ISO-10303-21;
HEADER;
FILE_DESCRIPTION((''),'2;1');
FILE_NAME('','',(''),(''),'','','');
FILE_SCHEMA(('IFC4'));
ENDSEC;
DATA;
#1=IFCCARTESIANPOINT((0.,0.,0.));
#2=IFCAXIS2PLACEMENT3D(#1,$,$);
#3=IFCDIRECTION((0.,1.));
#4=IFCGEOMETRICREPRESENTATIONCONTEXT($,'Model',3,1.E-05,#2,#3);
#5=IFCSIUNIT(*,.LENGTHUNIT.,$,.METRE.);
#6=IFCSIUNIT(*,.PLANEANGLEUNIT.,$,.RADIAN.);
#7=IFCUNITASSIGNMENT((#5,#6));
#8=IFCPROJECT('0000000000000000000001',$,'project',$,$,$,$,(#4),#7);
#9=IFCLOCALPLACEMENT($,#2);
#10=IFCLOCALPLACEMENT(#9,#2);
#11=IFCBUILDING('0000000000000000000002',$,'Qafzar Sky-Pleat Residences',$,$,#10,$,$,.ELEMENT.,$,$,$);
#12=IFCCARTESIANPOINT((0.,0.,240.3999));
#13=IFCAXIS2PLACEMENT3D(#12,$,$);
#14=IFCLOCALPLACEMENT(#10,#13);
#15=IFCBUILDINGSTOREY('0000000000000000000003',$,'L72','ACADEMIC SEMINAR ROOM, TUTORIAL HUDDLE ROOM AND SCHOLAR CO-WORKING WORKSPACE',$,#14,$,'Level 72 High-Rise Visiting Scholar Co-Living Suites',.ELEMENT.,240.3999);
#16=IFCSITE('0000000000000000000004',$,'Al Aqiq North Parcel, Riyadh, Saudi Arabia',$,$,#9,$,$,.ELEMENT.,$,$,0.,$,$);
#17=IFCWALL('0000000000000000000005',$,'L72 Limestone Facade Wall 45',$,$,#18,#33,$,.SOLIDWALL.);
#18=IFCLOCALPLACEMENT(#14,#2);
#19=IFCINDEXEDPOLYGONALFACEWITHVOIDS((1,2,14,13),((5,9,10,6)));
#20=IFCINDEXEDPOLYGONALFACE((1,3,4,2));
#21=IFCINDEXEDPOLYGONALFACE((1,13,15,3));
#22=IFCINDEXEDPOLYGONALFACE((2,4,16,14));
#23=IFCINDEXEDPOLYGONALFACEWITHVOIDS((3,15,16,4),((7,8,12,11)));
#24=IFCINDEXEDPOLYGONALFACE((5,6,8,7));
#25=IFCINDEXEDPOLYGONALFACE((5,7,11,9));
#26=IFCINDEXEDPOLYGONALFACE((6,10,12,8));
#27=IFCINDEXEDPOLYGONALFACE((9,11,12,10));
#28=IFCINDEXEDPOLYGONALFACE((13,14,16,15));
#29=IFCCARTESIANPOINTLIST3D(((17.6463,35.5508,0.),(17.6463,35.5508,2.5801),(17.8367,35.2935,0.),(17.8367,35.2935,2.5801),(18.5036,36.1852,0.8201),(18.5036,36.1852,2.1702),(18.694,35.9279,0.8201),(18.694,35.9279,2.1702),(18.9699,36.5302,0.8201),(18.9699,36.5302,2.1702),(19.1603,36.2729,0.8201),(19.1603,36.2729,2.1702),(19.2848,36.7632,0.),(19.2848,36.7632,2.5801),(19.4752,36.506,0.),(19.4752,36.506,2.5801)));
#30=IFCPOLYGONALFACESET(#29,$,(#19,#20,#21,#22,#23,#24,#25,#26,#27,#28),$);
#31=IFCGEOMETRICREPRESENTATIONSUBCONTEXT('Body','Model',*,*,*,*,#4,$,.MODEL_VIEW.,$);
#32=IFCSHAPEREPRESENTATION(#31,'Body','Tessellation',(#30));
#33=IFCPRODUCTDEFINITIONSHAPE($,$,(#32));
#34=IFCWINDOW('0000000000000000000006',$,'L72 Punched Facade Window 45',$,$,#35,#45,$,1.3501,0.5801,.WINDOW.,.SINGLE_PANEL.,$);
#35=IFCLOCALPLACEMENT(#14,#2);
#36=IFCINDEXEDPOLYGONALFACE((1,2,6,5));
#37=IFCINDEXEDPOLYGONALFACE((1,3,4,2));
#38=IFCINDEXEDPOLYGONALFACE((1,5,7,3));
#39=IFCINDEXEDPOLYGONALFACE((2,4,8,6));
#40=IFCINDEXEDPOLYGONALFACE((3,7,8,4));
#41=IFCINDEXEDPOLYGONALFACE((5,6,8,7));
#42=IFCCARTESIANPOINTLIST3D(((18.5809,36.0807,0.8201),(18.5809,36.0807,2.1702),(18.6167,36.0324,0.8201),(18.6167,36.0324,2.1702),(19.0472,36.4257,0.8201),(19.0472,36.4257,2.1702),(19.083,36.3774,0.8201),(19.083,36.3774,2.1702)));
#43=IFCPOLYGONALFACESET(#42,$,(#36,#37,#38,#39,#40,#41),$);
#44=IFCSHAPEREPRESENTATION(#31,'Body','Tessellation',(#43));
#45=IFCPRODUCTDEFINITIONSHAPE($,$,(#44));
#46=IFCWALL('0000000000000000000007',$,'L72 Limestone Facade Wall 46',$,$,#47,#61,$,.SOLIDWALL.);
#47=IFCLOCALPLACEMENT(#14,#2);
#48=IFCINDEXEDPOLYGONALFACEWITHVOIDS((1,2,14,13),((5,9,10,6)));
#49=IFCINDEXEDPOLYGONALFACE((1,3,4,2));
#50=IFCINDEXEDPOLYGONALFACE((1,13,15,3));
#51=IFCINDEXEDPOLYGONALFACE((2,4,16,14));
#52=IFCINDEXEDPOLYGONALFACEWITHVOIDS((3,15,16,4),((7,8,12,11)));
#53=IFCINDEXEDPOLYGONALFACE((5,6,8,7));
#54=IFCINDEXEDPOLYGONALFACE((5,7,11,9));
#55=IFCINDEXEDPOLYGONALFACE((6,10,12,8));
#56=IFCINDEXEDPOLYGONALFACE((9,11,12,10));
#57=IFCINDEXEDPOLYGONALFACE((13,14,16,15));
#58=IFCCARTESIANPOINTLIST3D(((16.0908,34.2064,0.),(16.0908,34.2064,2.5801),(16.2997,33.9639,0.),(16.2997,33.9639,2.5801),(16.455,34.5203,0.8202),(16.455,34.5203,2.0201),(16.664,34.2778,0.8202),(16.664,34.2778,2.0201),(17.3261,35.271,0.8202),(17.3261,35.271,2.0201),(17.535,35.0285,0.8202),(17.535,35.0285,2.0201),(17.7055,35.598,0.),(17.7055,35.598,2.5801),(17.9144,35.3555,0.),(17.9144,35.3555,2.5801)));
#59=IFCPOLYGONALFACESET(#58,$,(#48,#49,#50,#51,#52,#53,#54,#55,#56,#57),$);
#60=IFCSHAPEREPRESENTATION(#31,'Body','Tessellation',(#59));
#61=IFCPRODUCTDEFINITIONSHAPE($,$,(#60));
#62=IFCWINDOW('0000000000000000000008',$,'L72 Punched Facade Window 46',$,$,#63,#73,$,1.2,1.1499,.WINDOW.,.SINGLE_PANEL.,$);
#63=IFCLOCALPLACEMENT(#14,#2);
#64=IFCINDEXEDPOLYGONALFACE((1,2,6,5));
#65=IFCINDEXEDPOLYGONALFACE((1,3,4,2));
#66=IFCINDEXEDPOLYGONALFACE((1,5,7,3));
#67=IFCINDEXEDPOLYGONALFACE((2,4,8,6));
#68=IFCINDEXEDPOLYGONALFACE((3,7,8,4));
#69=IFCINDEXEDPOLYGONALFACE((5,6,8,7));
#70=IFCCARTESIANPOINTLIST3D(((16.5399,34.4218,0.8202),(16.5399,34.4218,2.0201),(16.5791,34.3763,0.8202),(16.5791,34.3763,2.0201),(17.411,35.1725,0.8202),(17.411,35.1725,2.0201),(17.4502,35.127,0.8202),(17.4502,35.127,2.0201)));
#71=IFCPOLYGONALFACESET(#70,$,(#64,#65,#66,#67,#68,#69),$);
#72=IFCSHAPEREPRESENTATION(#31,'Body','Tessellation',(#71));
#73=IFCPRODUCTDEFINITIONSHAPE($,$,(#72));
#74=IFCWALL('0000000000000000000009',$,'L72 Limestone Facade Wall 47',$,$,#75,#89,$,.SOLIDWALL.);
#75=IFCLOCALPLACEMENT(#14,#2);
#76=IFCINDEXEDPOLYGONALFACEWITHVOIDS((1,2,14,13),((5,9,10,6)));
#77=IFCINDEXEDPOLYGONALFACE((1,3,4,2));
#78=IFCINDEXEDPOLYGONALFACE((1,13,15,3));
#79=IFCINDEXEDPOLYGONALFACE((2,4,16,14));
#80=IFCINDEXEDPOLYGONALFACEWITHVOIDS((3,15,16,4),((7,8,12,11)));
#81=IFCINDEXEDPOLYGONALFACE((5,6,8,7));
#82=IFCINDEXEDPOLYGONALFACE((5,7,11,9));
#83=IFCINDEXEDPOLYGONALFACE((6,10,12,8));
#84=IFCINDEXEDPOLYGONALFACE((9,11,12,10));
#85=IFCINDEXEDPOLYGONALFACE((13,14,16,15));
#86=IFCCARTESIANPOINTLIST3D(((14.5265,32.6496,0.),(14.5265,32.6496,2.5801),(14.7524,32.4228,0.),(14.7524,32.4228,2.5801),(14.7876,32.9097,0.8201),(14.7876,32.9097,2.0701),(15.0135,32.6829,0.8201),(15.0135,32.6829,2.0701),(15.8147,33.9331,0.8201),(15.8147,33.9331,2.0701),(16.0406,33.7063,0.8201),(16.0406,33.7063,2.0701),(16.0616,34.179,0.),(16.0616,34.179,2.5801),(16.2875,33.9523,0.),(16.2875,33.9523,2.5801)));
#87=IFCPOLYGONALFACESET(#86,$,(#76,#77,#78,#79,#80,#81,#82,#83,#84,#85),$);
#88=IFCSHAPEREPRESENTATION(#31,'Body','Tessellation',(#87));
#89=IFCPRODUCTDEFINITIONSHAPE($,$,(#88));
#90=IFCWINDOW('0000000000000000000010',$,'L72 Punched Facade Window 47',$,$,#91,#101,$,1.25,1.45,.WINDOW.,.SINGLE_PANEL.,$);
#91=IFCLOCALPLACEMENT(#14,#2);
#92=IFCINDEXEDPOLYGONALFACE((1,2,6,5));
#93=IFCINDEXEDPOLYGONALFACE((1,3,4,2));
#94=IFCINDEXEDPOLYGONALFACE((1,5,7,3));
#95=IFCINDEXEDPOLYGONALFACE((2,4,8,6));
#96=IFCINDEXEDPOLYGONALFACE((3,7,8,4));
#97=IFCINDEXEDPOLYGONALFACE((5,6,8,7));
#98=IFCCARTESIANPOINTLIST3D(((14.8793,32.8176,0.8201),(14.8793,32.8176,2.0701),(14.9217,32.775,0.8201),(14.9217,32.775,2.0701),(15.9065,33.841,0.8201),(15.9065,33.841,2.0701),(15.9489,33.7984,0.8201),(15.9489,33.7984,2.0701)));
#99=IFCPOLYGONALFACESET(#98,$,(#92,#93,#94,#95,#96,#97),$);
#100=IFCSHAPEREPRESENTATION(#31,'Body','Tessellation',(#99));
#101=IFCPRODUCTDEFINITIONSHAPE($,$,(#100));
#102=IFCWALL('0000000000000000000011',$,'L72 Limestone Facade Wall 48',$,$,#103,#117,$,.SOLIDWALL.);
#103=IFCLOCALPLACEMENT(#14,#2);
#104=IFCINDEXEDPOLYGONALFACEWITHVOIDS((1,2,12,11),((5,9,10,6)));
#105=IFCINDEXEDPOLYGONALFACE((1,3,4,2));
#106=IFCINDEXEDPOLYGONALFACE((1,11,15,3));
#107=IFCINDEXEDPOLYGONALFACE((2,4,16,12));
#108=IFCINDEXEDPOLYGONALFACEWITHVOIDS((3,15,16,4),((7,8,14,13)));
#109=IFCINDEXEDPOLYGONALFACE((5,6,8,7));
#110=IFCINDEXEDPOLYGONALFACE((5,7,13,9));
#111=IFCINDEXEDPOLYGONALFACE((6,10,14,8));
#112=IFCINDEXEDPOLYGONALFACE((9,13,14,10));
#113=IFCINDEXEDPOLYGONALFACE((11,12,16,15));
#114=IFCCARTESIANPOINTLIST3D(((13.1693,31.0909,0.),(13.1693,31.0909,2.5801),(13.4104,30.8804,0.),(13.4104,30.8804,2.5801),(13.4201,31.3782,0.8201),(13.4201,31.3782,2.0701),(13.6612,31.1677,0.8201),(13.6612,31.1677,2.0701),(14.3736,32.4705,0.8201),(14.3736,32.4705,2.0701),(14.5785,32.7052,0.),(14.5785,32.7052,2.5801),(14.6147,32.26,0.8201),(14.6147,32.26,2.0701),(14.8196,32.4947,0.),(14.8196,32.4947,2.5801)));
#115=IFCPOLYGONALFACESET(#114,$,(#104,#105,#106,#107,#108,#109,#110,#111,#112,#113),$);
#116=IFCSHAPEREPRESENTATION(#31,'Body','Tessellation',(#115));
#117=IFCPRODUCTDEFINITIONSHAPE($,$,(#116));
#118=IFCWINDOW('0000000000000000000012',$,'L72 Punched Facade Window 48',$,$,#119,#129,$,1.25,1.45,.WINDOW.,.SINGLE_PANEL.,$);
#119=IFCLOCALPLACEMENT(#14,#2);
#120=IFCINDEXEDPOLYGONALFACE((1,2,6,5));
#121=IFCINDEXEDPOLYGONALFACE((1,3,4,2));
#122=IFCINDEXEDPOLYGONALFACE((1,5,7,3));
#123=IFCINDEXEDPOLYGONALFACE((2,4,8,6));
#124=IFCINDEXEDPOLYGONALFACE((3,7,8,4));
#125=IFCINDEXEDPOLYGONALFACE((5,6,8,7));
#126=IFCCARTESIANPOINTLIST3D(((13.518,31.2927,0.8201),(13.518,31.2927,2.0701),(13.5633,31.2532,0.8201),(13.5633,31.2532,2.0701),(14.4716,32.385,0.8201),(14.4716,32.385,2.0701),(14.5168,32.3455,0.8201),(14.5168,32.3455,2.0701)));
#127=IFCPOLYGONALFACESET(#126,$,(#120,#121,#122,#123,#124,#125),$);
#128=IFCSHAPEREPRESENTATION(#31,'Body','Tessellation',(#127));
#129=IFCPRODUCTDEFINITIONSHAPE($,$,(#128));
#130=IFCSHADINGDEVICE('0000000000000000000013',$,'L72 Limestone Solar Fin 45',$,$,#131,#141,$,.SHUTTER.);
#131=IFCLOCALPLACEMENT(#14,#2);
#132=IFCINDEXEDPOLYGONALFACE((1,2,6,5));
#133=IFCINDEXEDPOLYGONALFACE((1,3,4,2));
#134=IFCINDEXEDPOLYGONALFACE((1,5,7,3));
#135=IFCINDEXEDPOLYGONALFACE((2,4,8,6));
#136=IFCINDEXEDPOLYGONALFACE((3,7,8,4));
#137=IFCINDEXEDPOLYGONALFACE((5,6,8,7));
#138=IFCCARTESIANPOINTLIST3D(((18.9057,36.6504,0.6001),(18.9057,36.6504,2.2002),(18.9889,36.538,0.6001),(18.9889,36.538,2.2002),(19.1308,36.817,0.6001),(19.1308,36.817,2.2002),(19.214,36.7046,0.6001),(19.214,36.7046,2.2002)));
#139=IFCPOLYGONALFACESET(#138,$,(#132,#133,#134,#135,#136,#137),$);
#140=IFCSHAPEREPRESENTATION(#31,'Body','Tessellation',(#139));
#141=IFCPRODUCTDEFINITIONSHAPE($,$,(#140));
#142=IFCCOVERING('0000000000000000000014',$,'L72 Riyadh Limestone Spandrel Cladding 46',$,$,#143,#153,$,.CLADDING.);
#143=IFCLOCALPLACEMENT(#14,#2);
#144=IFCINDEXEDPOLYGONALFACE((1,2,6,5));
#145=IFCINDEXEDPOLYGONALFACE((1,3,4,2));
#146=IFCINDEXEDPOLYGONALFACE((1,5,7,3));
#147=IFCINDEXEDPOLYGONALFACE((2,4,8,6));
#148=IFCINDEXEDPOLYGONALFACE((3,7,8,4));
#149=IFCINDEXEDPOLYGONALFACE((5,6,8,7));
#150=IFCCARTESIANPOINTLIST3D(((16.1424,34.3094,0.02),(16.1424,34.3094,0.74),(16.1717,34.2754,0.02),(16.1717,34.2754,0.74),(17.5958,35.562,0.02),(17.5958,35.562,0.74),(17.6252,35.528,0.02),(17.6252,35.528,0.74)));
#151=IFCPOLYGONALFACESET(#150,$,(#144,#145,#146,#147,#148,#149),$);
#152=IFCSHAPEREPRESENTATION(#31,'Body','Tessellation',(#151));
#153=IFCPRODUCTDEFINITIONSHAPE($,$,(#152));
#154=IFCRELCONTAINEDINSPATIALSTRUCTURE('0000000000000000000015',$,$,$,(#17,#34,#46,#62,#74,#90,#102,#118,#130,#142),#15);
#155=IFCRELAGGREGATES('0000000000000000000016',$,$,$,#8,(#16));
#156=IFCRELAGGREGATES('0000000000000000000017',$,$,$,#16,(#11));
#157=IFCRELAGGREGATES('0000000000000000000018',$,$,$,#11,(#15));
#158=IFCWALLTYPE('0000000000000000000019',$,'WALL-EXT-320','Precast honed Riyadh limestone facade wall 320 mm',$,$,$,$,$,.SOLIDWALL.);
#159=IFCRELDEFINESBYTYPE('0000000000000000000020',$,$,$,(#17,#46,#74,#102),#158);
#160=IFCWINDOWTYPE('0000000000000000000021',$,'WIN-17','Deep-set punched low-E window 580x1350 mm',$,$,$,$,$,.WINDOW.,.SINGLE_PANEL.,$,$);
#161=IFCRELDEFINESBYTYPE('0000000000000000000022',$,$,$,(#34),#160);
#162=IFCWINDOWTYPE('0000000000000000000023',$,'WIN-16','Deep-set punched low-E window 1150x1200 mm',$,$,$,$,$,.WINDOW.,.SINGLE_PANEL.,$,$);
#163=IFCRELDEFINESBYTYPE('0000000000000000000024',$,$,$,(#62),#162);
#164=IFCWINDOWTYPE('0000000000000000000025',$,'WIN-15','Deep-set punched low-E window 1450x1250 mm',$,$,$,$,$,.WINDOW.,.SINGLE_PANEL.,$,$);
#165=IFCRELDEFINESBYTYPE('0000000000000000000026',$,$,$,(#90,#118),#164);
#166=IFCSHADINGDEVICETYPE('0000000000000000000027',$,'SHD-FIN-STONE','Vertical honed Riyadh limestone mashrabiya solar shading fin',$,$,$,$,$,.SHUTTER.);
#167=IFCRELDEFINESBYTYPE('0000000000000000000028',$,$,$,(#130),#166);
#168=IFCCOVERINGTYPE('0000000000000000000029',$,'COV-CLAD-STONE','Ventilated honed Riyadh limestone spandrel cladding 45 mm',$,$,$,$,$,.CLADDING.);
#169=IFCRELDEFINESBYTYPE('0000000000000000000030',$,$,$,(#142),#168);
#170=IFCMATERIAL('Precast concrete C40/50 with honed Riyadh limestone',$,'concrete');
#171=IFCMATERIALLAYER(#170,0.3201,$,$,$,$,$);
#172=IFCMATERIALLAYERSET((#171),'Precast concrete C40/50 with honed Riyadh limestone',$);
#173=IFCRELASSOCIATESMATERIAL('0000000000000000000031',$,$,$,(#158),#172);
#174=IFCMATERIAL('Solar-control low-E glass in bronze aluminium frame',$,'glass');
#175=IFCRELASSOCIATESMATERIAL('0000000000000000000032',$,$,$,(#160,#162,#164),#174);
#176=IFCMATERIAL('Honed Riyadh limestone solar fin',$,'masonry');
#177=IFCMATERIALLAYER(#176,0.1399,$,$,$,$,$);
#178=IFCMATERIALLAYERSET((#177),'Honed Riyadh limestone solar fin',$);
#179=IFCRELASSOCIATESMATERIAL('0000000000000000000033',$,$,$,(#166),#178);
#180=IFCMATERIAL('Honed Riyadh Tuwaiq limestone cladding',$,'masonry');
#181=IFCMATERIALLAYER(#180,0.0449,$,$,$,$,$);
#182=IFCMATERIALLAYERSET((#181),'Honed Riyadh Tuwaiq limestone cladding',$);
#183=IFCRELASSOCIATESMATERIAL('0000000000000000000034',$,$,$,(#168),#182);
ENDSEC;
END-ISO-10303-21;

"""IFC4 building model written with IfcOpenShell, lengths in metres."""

from ifc_helpers import new_model, si_unit, direction, frame, frame_2d, origin, origin_2d, place, context, subcontext, project, spatial, rectangle, extrude, source, transform, mapped, material, layer, layer_set, type_object, element, fill, save


model = new_model("IFC4")

# Units and contexts
model_context = context("Model", 3, precision=1e-05, world=origin(), true_north=direction((0.0, 1.0)))
body_context = subcontext(model_context, "Body", "Model", "MODEL_VIEW")
ifc_project = project(units=[si_unit("LENGTHUNIT", "METRE"), si_unit("PLANEANGLEUNIT", "RADIAN")], contexts=[model_context])

# Site, building, storey
site_placement = place(None, origin())
site = spatial("IfcSite", under=ifc_project, at=site_placement, Name="Al Aqiq North Parcel, Riyadh, Saudi Arabia", CompositionType="ELEMENT", RefElevation=0.0)
building_placement = place(site_placement, origin())
building = spatial("IfcBuilding", under=site, at=building_placement, Name="Qafzar Sky-Pleat Residences", CompositionType="ELEMENT")
storey_placement = place(building_placement, frame((0.0, 0.0, 240.3999)))
storey = spatial("IfcBuildingStorey", under=building, at=storey_placement, Name="L72", Description="ACADEMIC SEMINAR ROOM, TUTORIAL HUDDLE ROOM AND SCHOLAR CO-WORKING WORKSPACE", LongName="Level 72 High-Rise Visiting Scholar Co-Living Suites", CompositionType="ELEMENT", Elevation=240.3999)

# Walls, openings, windows
ifc_material_1 = material(Name="Precast concrete C40/50 with honed Riyadh limestone", Category="concrete")
ifc_layer_1 = layer(ifc_material_1, 0.3201)
ifc_layer_set_1 = layer_set([ifc_layer_1], Name="Precast concrete C40/50 with honed Riyadh limestone")
wall_type_1 = type_object("IfcWallType", Name="WALL-EXT-320", Description="Precast honed Riyadh limestone facade wall 320 mm", PredefinedType="SOLIDWALL", material=ifc_layer_set_1)
ifc_material_2 = material(Name="Solar-control low-E glass in bronze aluminium frame", Category="glass")
wall_1_placement = place(storey_placement, frame((19.3799, 36.6345, 0.0), z_axis=(0.0, 0.0, 1.0), x_axis=(-0.80385, -0.594832, 0.0)))
wall_1 = element("IfcWall", 1, at=wall_1_placement, inside=storey, type_object=wall_type_1, Name="L72 Limestone Facade Wall 45", PredefinedType="SOLIDWALL", context=body_context, shape_type="SweptSolid", body=[
    extrude(rectangle(XDim=2.0383, YDim=0.3201, at=frame_2d((1.019, 0.0))), origin(), (0.0, 0.0, 1.0), 2.5801),
])
opening_1_placement = place(wall_1_placement, frame((0.3916, 0.0, 0.8201)))
opening_1 = element("IfcOpeningElement", 2, at=opening_1_placement, cuts=wall_1, PredefinedType="OPENING", context=body_context, shape_type="SweptSolid", body=[
    extrude(rectangle(XDim=0.5801, YDim=1.3501, at=frame_2d((0.29, 0.675))), frame((0.0, 0.1699, 0.0), z_axis=(0.0, -1.0, 0.0), x_axis=(1.0, 0.0, 0.0)), (0.0, 0.0, 1.0), 0.3401),
])
window_type_1 = type_object("IfcWindowType", Name="WIN-17", Description="Deep-set punched low-E window 580x1350 mm", PartitioningType="SINGLE_PANEL", PredefinedType="WINDOW", material=ifc_material_2)
shared_shape_1 = source(origin(), body_context, "Body", "SweptSolid", [
    extrude(rectangle(XDim=0.5801, YDim=1.3501, at=frame_2d((0.29, 0.675))), frame((0.0, 0.03, 0.0), z_axis=(0.0, -1.0, 0.0), x_axis=(1.0, 0.0, 0.0)), (0.0, 0.0, 1.0), 0.0601),
])
window_1_placement = place(opening_1_placement, origin())
window_1 = element("IfcWindow", 3, at=window_1_placement, inside=storey, type_object=window_type_1, Name="L72 Punched Facade Window 45", OverallHeight=1.3501, OverallWidth=0.5801, PartitioningType="SINGLE_PANEL", PredefinedType="WINDOW", context=body_context, shape_type="MappedRepresentation", body=[
    mapped(shared_shape_1, transform((0.0, 0.0, 0.0), x_axis=(1.0, 0.0, 0.0), y_axis=(0.0, 1.0, 0.0), z_axis=(0.0, 0.0, 1.0), scale=1.0)),
])
fill(opening_1, window_1)
wall_2_placement = place(storey_placement, frame((17.8101, 35.4768, 0.0), z_axis=(0.0, 0.0, 1.0), x_axis=(-0.757508, -0.652826, 0.0)))
wall_2 = element("IfcWall", 4, at=wall_2_placement, inside=storey, type_object=wall_type_1, Name="L72 Limestone Facade Wall 46", PredefinedType="SOLIDWALL", context=body_context, shape_type="SweptSolid", body=[
    extrude(rectangle(XDim=2.1316, YDim=0.3201, at=frame_2d((1.0659, 0.0))), origin(), (0.0, 0.0, 1.0), 2.5801),
])
opening_2_placement = place(wall_2_placement, frame((0.501, 0.0, 0.8201)))
opening_2 = element("IfcOpeningElement", 5, at=opening_2_placement, cuts=wall_2, PredefinedType="OPENING", context=body_context, shape_type="SweptSolid", body=[
    extrude(rectangle(XDim=1.1499, YDim=1.2, at=frame_2d((0.575, 0.6001))), frame((0.0, 0.1699, 0.0), z_axis=(0.0, -1.0, 0.0), x_axis=(1.0, 0.0, 0.0)), (0.0, 0.0, 1.0), 0.3401),
])
window_type_2 = type_object("IfcWindowType", Name="WIN-16", Description="Deep-set punched low-E window 1150x1200 mm", PartitioningType="SINGLE_PANEL", PredefinedType="WINDOW", material=ifc_material_2)
shared_shape_2 = source(origin(), body_context, "Body", "SweptSolid", [
    extrude(rectangle(XDim=1.1499, YDim=1.2, at=frame_2d((0.575, 0.6001))), frame((0.0, 0.03, 0.0), z_axis=(0.0, -1.0, 0.0), x_axis=(1.0, 0.0, 0.0)), (0.0, 0.0, 1.0), 0.0601),
])
window_2_placement = place(opening_2_placement, origin())
window_2 = element("IfcWindow", 6, at=window_2_placement, inside=storey, type_object=window_type_2, Name="L72 Punched Facade Window 46", OverallHeight=1.2, OverallWidth=1.1499, PartitioningType="SINGLE_PANEL", PredefinedType="WINDOW", context=body_context, shape_type="MappedRepresentation", body=[
    mapped(shared_shape_2, transform((0.0, 0.0, 0.0), x_axis=(1.0, 0.0, 0.0), y_axis=(0.0, 1.0, 0.0), z_axis=(0.0, 0.0, 1.0), scale=1.0)),
])
fill(opening_2, window_2)
wall_3_placement = place(storey_placement, frame((16.1746, 34.0657, 0.0), z_axis=(0.0, 0.0, 1.0), x_axis=(-0.708401, -0.70581, 0.0)))
wall_3 = element("IfcWall", 7, at=wall_3_placement, inside=storey, type_object=wall_type_1, Name="L72 Limestone Facade Wall 47", PredefinedType="SOLIDWALL", context=body_context, shape_type="SweptSolid", body=[
    extrude(rectangle(XDim=2.167, YDim=0.3201, at=frame_2d((1.0835, 0.0))), origin(), (0.0, 0.0, 1.0), 2.5801),
])
opening_3_placement = place(wall_3_placement, frame((0.3484, 0.0, 0.8201)))
opening_3 = element("IfcOpeningElement", 8, at=opening_3_placement, cuts=wall_3, PredefinedType="OPENING", context=body_context, shape_type="SweptSolid", body=[
    extrude(rectangle(XDim=1.45, YDim=1.25, at=frame_2d((0.7251, 0.625))), frame((0.0, 0.1699, 0.0), z_axis=(0.0, -1.0, 0.0), x_axis=(1.0, 0.0, 0.0)), (0.0, 0.0, 1.0), 0.3401),
])
window_type_3 = type_object("IfcWindowType", Name="WIN-15", Description="Deep-set punched low-E window 1450x1250 mm", PartitioningType="SINGLE_PANEL", PredefinedType="WINDOW", material=ifc_material_2)
shared_shape_3 = source(origin(), body_context, "Body", "SweptSolid", [
    extrude(rectangle(XDim=1.45, YDim=1.25, at=frame_2d((0.7251, 0.625))), frame((0.0, 0.03, 0.0), z_axis=(0.0, -1.0, 0.0), x_axis=(1.0, 0.0, 0.0)), (0.0, 0.0, 1.0), 0.0601),
])
window_3_placement = place(opening_3_placement, origin())
window_3 = element("IfcWindow", 9, at=window_3_placement, inside=storey, type_object=window_type_3, Name="L72 Punched Facade Window 47", OverallHeight=1.25, OverallWidth=1.45, PartitioningType="SINGLE_PANEL", PredefinedType="WINDOW", context=body_context, shape_type="MappedRepresentation", body=[
    mapped(shared_shape_3, transform((0.0, 0.0, 0.0), x_axis=(1.0, 0.0, 0.0), y_axis=(0.0, 1.0, 0.0), z_axis=(0.0, 0.0, 1.0), scale=1.0)),
])
fill(opening_3, window_3)
wall_4_placement = place(storey_placement, frame((14.699, 32.5999, 0.0), z_axis=(0.0, 0.0, 1.0), x_axis=(-0.657633, -0.753338, 0.0)))
wall_4 = element("IfcWall", 10, at=wall_4_placement, inside=storey, type_object=wall_type_1, Name="L72 Limestone Facade Wall 48", PredefinedType="SOLIDWALL", context=body_context, shape_type="SweptSolid", body=[
    extrude(rectangle(XDim=2.1428, YDim=0.3201, at=frame_2d((1.0713, 0.0))), origin(), (0.0, 0.0, 1.0), 2.5801),
])
opening_4_placement = place(wall_4_placement, frame((0.3113, 0.0, 0.8201)))
opening_4 = element("IfcOpeningElement", 11, at=opening_4_placement, cuts=wall_4, PredefinedType="OPENING", context=body_context, shape_type="SweptSolid", body=[
    extrude(rectangle(XDim=1.45, YDim=1.25, at=frame_2d((0.7251, 0.625))), frame((0.0, 0.1699, 0.0), z_axis=(0.0, -1.0, 0.0), x_axis=(1.0, 0.0, 0.0)), (0.0, 0.0, 1.0), 0.3401),
])
window_4_placement = place(opening_4_placement, origin())
window_4 = element("IfcWindow", 12, at=window_4_placement, inside=storey, type_object=window_type_3, Name="L72 Punched Facade Window 48", OverallHeight=1.25, OverallWidth=1.45, PartitioningType="SINGLE_PANEL", PredefinedType="WINDOW", context=body_context, shape_type="MappedRepresentation", body=[
    mapped(shared_shape_3, transform((0.0, 0.0, 0.0), x_axis=(1.0, 0.0, 0.0), y_axis=(0.0, 1.0, 0.0), z_axis=(0.0, 0.0, 1.0), scale=1.0)),
])
fill(opening_4, window_4)

# Shading device
ifc_material_3 = material(Name="Honed Riyadh limestone solar fin", Category="masonry")
ifc_layer_2 = layer(ifc_material_3, 0.1399)
ifc_layer_set_2 = layer_set([ifc_layer_2], Name="Honed Riyadh limestone solar fin")
shading_device_type = type_object("IfcShadingDeviceType", Name="SHD-FIN-STONE", Description="Vertical honed Riyadh limestone mashrabiya solar shading fin", PredefinedType="SHUTTER", material=ifc_layer_set_2)
shared_shape_4 = source(origin(), body_context, "Body", "SweptSolid", [
    extrude(rectangle(XDim=0.1399, YDim=0.28, at=origin_2d()), origin(), (0.0, 0.0, 1.0), 1.6001),
])
shading_device_placement = place(storey_placement, frame((19.0598, 36.6775, 0.6001), z_axis=(0.0, 0.0, 1.0), x_axis=(-0.594882, 0.803813, 0.0)))
element("IfcShadingDevice", 13, at=shading_device_placement, inside=storey, type_object=shading_device_type, Name="L72 Limestone Solar Fin 45", PredefinedType="SHUTTER", context=body_context, shape_type="MappedRepresentation", body=[
    mapped(shared_shape_4, transform((0.0, 0.0, 0.0), x_axis=(1.0, 0.0, 0.0), y_axis=(0.0, 1.0, 0.0), z_axis=(0.0, 0.0, 1.0), scale=1.0)),
])

# Covering
ifc_material_4 = material(Name="Honed Riyadh Tuwaiq limestone cladding", Category="masonry")
ifc_layer_3 = layer(ifc_material_4, 0.0449)
ifc_layer_set_3 = layer_set([ifc_layer_3], Name="Honed Riyadh Tuwaiq limestone cladding")
covering_type = type_object("IfcCoveringType", Name="COV-CLAD-STONE", Description="Ventilated honed Riyadh limestone spandrel cladding 45 mm", PredefinedType="CLADDING", material=ifc_layer_set_3)
shared_shape_5 = source(origin(), body_context, "Body", "SweptSolid", [
    extrude(rectangle(XDim=1.9187, YDim=0.0449, at=origin_2d()), origin(), (0.0, 0.0, 1.0), 0.72),
])
covering_placement = place(storey_placement, frame((16.8838, 34.9187, 0.02), z_axis=(0.0, 0.0, 1.0), x_axis=(-0.757496, -0.65284, 0.0)))
element("IfcCovering", 14, at=covering_placement, inside=storey, type_object=covering_type, Name="L72 Riyadh Limestone Spandrel Cladding 46", PredefinedType="CLADDING", context=body_context, shape_type="MappedRepresentation", body=[
    mapped(shared_shape_5, transform((0.0, 0.0, 0.0), x_axis=(1.0, 0.0, 0.0), y_axis=(0.0, 1.0, 0.0), z_axis=(0.0, 0.0, 1.0), scale=1.0)),
])

save(model, "model.ifc")
